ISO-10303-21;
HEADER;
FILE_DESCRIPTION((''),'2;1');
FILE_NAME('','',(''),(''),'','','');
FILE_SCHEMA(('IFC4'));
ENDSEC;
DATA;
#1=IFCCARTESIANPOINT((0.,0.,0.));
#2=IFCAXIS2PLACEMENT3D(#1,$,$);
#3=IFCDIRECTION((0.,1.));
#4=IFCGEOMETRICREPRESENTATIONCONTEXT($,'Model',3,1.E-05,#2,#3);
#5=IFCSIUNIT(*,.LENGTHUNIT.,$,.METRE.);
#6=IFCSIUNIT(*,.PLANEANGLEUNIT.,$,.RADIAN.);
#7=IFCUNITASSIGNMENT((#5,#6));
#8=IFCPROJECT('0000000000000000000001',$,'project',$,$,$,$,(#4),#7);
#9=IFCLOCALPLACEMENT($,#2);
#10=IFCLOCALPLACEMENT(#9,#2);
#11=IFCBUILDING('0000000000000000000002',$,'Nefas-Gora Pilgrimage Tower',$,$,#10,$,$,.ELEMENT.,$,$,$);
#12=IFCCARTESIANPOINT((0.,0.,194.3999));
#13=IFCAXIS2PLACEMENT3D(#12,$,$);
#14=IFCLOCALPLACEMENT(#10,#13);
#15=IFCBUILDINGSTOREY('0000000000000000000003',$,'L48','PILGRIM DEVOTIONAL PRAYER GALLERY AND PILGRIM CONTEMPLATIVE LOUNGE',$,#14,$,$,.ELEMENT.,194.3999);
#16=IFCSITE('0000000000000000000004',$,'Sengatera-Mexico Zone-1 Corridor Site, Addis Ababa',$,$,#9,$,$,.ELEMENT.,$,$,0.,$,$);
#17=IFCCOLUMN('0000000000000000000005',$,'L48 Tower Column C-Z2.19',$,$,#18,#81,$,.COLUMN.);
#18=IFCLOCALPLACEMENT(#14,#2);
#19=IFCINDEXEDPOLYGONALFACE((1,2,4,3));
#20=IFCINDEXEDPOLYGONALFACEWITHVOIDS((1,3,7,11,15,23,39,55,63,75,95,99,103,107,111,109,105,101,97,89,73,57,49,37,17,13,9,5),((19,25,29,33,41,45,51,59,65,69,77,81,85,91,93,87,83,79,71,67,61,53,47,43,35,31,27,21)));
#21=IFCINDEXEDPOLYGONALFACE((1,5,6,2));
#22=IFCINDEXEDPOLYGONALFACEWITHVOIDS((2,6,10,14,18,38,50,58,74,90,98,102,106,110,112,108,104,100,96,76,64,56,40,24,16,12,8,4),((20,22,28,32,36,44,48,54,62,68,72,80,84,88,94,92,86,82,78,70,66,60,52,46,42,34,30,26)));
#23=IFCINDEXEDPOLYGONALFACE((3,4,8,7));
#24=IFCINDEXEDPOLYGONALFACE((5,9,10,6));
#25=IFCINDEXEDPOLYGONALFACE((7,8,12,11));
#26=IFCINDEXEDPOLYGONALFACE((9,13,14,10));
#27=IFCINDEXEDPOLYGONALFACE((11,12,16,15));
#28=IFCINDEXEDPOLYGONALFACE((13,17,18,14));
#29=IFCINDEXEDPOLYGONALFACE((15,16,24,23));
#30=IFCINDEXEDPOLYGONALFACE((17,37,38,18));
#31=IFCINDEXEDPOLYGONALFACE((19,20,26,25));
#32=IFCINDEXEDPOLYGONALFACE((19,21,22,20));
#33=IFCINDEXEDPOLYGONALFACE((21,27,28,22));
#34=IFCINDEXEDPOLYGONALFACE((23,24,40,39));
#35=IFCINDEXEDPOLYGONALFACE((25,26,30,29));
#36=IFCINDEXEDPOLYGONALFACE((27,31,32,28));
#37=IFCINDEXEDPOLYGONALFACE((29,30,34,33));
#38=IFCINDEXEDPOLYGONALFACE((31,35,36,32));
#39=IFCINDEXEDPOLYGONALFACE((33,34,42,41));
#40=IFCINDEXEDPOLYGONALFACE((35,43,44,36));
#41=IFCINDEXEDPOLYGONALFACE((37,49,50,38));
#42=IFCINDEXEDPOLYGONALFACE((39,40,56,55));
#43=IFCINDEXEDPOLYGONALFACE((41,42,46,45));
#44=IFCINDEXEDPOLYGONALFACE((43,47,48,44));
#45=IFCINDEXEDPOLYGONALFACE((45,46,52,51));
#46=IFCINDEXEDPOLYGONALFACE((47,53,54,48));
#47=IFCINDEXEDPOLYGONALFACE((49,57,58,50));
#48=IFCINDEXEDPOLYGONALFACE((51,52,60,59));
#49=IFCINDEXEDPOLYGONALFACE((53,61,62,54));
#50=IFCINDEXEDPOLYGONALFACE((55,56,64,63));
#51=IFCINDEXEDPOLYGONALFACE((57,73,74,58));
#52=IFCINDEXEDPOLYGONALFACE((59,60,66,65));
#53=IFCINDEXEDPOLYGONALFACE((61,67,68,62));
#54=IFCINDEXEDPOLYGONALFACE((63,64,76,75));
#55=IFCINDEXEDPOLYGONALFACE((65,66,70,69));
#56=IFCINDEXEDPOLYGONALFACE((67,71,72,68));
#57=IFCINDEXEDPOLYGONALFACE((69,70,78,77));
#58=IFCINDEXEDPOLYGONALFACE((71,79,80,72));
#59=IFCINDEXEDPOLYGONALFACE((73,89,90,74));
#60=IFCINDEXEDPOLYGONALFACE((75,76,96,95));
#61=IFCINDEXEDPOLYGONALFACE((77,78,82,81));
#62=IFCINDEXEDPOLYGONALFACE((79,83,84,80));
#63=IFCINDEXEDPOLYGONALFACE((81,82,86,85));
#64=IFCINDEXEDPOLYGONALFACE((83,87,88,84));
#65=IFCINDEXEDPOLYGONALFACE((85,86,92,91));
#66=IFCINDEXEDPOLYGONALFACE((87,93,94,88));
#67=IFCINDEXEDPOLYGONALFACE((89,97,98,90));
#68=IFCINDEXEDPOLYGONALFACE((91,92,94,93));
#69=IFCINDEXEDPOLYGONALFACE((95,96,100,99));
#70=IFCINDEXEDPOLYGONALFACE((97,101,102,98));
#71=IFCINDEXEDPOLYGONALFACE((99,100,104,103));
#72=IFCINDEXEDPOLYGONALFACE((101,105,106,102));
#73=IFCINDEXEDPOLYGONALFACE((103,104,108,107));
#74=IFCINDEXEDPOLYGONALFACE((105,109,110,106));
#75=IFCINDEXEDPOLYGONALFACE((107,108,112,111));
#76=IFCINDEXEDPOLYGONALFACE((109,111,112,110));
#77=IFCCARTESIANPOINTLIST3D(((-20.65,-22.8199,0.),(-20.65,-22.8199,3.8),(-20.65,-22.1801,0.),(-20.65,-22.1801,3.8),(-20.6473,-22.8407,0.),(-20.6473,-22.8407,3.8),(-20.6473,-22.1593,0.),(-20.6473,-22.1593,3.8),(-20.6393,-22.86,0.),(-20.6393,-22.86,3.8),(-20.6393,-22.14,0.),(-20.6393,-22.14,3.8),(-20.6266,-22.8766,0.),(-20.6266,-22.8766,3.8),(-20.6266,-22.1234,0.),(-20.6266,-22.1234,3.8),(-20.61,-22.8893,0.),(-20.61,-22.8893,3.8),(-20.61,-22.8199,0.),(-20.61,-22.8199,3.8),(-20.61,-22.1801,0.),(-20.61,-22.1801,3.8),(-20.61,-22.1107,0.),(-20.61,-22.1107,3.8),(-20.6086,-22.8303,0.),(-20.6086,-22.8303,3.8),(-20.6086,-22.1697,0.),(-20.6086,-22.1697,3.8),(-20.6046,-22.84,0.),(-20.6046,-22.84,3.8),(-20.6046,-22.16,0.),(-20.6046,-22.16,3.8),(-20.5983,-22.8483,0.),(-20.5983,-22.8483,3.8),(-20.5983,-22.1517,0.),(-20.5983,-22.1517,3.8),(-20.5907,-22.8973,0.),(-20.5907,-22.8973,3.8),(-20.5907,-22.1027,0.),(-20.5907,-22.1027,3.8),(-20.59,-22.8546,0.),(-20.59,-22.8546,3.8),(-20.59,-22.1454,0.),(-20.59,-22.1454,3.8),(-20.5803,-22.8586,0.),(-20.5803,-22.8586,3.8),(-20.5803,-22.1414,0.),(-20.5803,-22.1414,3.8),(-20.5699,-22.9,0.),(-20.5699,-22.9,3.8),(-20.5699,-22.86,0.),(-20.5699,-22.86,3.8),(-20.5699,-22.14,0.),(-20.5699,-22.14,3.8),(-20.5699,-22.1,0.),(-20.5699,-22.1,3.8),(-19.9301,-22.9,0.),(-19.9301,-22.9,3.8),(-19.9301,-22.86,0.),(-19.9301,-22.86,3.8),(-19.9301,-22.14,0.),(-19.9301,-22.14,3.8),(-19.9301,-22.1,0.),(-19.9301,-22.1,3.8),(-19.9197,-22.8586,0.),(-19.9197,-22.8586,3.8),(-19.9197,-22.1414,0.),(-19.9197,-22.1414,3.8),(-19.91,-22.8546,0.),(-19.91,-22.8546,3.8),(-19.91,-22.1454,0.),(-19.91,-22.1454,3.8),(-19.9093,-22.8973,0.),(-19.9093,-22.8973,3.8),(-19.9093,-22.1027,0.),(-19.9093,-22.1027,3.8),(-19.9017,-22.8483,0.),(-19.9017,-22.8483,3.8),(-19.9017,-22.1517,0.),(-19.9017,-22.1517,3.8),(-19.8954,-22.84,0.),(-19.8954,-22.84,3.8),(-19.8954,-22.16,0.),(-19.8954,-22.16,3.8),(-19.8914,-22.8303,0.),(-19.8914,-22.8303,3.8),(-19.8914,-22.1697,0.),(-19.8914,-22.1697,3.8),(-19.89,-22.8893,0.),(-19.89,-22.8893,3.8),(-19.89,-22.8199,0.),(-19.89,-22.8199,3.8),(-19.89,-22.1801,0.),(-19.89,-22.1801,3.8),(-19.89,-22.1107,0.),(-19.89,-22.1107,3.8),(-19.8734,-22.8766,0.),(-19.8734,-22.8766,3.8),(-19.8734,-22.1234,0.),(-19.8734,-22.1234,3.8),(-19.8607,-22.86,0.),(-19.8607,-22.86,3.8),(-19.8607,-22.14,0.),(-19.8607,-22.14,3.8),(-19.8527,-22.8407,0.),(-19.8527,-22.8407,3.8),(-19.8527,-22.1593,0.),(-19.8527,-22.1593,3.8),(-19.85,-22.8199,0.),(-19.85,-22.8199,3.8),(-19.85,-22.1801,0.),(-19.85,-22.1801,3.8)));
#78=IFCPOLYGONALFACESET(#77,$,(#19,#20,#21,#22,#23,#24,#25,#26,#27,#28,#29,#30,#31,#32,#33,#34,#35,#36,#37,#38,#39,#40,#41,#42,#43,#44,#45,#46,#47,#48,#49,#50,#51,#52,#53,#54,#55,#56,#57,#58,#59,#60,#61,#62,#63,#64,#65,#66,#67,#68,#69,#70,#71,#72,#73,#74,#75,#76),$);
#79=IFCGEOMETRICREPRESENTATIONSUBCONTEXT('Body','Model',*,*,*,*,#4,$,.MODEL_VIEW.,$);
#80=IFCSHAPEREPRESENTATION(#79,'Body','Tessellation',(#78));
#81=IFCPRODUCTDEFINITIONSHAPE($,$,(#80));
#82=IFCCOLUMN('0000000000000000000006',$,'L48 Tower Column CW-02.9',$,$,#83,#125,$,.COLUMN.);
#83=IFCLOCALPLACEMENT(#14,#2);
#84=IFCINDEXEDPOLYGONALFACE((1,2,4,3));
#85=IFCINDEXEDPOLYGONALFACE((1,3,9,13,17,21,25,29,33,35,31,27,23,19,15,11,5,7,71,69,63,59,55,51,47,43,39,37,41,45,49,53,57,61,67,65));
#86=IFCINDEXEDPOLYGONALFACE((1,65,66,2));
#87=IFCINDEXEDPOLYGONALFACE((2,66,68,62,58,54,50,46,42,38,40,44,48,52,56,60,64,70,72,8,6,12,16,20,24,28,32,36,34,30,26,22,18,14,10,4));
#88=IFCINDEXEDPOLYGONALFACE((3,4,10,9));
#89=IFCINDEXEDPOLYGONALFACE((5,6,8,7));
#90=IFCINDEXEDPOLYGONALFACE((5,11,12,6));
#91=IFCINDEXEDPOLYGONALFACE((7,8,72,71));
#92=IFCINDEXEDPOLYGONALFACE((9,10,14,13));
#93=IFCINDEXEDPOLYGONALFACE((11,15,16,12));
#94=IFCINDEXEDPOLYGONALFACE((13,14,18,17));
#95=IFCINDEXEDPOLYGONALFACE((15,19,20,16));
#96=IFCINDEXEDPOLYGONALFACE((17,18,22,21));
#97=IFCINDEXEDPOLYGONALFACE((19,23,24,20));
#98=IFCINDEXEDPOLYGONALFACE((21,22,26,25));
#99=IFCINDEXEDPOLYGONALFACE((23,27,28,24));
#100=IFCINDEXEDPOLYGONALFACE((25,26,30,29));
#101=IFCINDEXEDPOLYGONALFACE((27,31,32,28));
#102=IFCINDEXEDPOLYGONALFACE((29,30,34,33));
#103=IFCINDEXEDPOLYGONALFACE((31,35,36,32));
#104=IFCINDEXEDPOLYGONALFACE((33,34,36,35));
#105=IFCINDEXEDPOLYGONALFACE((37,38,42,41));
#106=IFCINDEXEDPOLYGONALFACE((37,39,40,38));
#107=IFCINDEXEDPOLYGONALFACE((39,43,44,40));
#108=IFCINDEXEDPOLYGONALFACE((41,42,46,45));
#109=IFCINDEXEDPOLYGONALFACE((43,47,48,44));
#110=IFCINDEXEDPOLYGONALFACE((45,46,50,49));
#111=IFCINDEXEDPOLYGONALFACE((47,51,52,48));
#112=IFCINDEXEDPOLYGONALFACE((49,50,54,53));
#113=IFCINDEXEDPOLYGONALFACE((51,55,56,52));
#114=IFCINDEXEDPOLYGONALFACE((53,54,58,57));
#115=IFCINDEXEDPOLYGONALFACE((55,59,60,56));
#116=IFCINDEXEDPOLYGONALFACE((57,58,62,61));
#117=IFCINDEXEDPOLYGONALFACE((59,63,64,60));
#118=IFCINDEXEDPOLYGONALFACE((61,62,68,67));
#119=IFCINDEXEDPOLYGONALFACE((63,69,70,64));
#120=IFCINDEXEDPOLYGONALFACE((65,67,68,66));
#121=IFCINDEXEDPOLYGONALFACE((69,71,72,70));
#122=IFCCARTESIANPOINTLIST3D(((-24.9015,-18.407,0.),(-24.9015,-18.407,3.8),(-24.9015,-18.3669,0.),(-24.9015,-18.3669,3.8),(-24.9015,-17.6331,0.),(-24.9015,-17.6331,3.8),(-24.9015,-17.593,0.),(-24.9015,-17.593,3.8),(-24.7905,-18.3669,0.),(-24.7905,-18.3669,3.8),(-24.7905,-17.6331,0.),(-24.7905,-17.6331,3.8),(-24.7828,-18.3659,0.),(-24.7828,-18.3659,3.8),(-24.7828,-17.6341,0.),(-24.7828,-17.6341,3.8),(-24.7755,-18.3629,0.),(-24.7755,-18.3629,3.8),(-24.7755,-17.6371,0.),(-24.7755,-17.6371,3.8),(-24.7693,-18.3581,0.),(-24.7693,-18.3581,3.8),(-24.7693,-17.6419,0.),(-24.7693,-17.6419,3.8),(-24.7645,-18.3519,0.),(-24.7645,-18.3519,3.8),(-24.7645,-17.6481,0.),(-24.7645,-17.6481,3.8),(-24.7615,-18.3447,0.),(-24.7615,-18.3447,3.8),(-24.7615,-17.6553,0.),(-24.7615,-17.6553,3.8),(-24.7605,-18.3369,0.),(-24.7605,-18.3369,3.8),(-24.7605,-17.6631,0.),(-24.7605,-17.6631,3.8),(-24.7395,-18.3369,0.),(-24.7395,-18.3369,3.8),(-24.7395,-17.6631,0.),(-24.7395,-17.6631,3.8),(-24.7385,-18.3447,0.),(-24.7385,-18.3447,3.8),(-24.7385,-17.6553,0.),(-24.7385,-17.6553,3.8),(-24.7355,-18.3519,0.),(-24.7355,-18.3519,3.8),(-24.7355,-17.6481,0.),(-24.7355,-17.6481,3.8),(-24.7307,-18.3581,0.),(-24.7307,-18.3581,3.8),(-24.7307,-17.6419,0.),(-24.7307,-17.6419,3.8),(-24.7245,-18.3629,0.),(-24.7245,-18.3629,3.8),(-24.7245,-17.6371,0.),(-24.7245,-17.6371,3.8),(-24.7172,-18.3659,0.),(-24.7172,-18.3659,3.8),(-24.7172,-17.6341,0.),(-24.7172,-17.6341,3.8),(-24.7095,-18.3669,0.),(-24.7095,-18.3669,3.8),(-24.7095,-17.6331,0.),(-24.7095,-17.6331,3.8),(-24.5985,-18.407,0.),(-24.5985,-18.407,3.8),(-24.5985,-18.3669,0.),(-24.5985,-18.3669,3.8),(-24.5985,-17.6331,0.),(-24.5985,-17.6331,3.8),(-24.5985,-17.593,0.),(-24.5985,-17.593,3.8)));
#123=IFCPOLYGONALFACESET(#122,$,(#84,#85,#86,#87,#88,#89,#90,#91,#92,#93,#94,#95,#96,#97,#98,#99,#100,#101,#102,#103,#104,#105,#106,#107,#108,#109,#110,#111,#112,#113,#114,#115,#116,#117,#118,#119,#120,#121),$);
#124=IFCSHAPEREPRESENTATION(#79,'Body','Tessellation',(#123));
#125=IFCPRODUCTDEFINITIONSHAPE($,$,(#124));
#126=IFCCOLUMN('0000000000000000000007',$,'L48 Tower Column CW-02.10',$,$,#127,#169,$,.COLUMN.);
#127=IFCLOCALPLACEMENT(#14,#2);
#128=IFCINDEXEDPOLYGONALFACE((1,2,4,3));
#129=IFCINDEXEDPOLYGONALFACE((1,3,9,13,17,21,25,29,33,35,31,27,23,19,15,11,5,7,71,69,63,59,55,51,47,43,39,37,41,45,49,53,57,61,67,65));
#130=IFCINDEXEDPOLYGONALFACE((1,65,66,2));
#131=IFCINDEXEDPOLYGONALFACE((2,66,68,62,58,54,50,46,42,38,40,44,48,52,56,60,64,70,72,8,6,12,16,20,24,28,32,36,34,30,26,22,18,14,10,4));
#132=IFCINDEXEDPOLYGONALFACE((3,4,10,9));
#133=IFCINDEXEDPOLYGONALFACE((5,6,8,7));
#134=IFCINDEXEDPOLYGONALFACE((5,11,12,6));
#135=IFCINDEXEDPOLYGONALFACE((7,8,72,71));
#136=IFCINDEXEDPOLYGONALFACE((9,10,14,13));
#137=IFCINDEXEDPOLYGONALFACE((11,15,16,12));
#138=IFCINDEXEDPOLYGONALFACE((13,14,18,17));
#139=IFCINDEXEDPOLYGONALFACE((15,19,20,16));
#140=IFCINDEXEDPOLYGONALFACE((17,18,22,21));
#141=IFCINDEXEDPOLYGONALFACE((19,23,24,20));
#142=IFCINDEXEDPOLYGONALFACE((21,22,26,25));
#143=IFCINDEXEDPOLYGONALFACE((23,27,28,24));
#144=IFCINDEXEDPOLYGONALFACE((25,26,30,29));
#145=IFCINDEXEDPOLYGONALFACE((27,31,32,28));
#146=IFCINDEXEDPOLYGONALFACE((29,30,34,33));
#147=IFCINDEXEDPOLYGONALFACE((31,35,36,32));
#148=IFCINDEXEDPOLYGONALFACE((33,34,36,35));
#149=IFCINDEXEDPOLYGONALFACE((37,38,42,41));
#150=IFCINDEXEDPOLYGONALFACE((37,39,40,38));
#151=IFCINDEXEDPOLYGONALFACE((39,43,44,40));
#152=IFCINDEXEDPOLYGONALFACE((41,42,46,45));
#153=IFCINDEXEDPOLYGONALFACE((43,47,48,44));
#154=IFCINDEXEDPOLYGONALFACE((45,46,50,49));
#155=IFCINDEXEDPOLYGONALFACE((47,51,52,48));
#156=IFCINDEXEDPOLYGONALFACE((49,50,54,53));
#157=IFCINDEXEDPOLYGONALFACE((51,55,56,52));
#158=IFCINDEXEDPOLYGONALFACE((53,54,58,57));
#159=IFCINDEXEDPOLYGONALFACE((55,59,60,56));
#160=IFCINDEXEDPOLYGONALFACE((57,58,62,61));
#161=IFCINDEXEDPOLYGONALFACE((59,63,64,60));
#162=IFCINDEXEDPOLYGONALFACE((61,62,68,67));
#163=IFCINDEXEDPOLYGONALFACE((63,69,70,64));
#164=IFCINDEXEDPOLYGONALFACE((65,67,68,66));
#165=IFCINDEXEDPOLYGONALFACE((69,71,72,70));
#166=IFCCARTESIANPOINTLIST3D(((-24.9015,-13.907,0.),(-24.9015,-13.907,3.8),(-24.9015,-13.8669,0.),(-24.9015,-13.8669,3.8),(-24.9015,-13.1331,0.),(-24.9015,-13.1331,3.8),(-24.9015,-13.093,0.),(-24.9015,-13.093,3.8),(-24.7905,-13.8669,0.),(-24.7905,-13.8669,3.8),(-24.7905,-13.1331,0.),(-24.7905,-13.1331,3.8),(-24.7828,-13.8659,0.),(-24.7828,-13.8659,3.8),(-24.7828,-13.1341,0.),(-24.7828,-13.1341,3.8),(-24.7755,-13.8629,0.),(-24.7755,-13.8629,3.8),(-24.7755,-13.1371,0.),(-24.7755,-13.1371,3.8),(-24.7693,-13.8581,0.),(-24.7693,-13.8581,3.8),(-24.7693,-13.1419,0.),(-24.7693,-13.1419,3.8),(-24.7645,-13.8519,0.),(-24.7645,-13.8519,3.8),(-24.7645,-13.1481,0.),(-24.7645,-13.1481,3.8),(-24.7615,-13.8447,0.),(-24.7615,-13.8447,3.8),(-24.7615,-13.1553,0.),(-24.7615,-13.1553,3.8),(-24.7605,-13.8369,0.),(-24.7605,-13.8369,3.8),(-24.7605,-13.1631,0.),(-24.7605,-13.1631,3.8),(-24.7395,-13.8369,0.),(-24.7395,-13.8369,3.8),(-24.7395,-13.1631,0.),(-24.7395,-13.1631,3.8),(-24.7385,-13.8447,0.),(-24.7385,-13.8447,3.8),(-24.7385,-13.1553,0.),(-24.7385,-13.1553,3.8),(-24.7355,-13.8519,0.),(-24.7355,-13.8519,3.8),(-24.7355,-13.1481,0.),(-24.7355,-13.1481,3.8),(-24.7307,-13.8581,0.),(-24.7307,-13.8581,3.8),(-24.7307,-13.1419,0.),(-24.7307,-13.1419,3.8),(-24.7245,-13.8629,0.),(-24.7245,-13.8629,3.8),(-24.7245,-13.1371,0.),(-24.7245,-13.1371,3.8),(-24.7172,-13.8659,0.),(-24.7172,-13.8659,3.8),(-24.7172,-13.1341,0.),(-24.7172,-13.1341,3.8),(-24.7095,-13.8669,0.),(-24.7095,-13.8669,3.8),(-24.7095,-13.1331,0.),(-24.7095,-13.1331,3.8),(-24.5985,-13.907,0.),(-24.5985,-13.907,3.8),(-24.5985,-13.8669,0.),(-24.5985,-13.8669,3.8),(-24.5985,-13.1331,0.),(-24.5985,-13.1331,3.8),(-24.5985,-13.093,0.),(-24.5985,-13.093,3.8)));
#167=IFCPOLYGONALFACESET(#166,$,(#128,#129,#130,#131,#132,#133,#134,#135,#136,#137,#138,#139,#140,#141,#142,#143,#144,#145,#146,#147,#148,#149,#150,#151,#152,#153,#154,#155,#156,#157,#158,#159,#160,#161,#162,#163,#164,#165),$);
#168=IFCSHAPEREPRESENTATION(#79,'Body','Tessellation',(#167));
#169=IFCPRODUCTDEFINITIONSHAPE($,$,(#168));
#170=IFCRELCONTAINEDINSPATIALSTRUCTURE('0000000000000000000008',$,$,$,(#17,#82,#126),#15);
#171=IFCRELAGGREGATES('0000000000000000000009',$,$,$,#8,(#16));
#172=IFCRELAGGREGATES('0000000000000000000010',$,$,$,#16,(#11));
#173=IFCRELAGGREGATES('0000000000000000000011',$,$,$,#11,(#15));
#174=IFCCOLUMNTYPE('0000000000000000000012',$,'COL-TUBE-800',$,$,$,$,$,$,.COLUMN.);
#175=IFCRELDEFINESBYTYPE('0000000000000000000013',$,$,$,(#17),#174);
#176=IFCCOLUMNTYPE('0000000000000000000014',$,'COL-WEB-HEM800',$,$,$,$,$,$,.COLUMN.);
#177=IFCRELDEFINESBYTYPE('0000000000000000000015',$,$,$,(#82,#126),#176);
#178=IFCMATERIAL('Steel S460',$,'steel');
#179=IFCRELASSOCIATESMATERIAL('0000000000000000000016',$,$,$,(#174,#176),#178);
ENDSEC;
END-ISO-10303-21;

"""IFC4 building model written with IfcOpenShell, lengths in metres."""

from ifc_helpers import new_model, si_unit, direction, frame, origin, origin_2d, place, context, subcontext, project, spatial, hollow_rectangle, i_section, extrude, source, transform, mapped, material, material_profile, profile_set, type_object, element, save


model = new_model("IFC4")

# Units and contexts
model_context = context("Model", 3, precision=1e-05, world=origin(), true_north=direction((0.0, 1.0)))
body_context = subcontext(model_context, "Body", "Model", "MODEL_VIEW")
ifc_project = project(units=[si_unit("LENGTHUNIT", "METRE"), si_unit("PLANEANGLEUNIT", "RADIAN")], contexts=[model_context])

# Site, building, storey
site_placement = place(None, origin())
site = spatial("IfcSite", under=ifc_project, at=site_placement, Name="Sengatera-Mexico Zone-1 Corridor Site, Addis Ababa", CompositionType="ELEMENT", RefElevation=0.0)
building_placement = place(site_placement, origin())
building = spatial("IfcBuilding", under=site, at=building_placement, Name="Nefas-Gora Pilgrimage Tower", CompositionType="ELEMENT")
storey_placement = place(building_placement, frame((0.0, 0.0, 194.3999)))
storey = spatial("IfcBuildingStorey", under=building, at=storey_placement, Name="L48", Description="PILGRIM DEVOTIONAL PRAYER GALLERY AND PILGRIM CONTEMPLATIVE LOUNGE", CompositionType="ELEMENT", Elevation=194.3999)

# Columns
ifc_material_1 = material(Name="Steel S460", Category="steel")
ifc_material_profile_1 = material_profile(ifc_material_1, hollow_rectangle(XDim=0.8, YDim=0.8, WallThickness=0.04, InnerFilletRadius=0.04, OuterFilletRadius=0.0801, at=origin_2d()), Name="BOX 800x800x40")
ifc_profile_set_1 = profile_set([ifc_material_profile_1], Name="Steel S460")
column_type_1 = type_object("IfcColumnType", Name="COL-TUBE-800", PredefinedType="COLUMN", material=ifc_profile_set_1)
shared_shape_1 = source(origin(), body_context, "Body", "SweptSolid", [
    extrude(hollow_rectangle(XDim=0.8, YDim=0.8, WallThickness=0.04, InnerFilletRadius=0.04, OuterFilletRadius=0.0801, at=origin_2d()), origin(), (0.0, 0.0, 1.0), 3.8),
])
column_placement = place(storey_placement, frame((-20.25, -22.5, 0.0), z_axis=(0.0, 0.0, 1.0), x_axis=(1.0, 0.0, 0.0)))
element("IfcColumn", 1, at=column_placement, inside=storey, type_object=column_type_1, Name="L48 Tower Column C-Z2.19", PredefinedType="COLUMN", context=body_context, shape_type="MappedRepresentation", body=[
    mapped(shared_shape_1, transform((0.0, 0.0, 0.0), x_axis=(1.0, 0.0, 0.0), y_axis=(0.0, 1.0, 0.0), z_axis=(0.0, 0.0, 1.0), scale=1.0)),
])
ifc_material_profile_2 = material_profile(ifc_material_1, i_section(OverallWidth=0.303, OverallDepth=0.814, WebThickness=0.021, FlangeThickness=0.04, FilletRadius=0.03, at=origin_2d()), Name="HEM 800")
ifc_profile_set_2 = profile_set([ifc_material_profile_2], Name="Steel S460")
column_type_2 = type_object("IfcColumnType", Name="COL-WEB-HEM800", PredefinedType="COLUMN", material=ifc_profile_set_2)
shared_shape_2 = source(origin(), body_context, "Body", "SweptSolid", [
    extrude(i_section(OverallWidth=0.303, OverallDepth=0.814, WebThickness=0.021, FlangeThickness=0.04, FilletRadius=0.03, at=origin_2d()), origin(), (0.0, 0.0, 1.0), 3.8),
])
for number, where, z_axis, x_axis, name in (
    (2, (-24.75, -18.0, 0.0), (0.0, 0.0, 1.0), (1.0, 0.0, 0.0), "L48 Tower Column CW-02.9"),
    (3, (-24.75, -13.5, 0.0), (0.0, 0.0, 1.0), (1.0, 0.0, 0.0), "L48 Tower Column CW-02.10"),
):
    element("IfcColumn", number, at=place(storey_placement, frame(where, z_axis=z_axis, x_axis=x_axis)), inside=storey, type_object=column_type_2, Name=name, PredefinedType="COLUMN", context=body_context, shape_type="MappedRepresentation", body=[
        mapped(shared_shape_2, transform((0.0, 0.0, 0.0), x_axis=(1.0, 0.0, 0.0), y_axis=(0.0, 1.0, 0.0), z_axis=(0.0, 0.0, 1.0), scale=1.0)),
    ])

save(model, "model.ifc")
